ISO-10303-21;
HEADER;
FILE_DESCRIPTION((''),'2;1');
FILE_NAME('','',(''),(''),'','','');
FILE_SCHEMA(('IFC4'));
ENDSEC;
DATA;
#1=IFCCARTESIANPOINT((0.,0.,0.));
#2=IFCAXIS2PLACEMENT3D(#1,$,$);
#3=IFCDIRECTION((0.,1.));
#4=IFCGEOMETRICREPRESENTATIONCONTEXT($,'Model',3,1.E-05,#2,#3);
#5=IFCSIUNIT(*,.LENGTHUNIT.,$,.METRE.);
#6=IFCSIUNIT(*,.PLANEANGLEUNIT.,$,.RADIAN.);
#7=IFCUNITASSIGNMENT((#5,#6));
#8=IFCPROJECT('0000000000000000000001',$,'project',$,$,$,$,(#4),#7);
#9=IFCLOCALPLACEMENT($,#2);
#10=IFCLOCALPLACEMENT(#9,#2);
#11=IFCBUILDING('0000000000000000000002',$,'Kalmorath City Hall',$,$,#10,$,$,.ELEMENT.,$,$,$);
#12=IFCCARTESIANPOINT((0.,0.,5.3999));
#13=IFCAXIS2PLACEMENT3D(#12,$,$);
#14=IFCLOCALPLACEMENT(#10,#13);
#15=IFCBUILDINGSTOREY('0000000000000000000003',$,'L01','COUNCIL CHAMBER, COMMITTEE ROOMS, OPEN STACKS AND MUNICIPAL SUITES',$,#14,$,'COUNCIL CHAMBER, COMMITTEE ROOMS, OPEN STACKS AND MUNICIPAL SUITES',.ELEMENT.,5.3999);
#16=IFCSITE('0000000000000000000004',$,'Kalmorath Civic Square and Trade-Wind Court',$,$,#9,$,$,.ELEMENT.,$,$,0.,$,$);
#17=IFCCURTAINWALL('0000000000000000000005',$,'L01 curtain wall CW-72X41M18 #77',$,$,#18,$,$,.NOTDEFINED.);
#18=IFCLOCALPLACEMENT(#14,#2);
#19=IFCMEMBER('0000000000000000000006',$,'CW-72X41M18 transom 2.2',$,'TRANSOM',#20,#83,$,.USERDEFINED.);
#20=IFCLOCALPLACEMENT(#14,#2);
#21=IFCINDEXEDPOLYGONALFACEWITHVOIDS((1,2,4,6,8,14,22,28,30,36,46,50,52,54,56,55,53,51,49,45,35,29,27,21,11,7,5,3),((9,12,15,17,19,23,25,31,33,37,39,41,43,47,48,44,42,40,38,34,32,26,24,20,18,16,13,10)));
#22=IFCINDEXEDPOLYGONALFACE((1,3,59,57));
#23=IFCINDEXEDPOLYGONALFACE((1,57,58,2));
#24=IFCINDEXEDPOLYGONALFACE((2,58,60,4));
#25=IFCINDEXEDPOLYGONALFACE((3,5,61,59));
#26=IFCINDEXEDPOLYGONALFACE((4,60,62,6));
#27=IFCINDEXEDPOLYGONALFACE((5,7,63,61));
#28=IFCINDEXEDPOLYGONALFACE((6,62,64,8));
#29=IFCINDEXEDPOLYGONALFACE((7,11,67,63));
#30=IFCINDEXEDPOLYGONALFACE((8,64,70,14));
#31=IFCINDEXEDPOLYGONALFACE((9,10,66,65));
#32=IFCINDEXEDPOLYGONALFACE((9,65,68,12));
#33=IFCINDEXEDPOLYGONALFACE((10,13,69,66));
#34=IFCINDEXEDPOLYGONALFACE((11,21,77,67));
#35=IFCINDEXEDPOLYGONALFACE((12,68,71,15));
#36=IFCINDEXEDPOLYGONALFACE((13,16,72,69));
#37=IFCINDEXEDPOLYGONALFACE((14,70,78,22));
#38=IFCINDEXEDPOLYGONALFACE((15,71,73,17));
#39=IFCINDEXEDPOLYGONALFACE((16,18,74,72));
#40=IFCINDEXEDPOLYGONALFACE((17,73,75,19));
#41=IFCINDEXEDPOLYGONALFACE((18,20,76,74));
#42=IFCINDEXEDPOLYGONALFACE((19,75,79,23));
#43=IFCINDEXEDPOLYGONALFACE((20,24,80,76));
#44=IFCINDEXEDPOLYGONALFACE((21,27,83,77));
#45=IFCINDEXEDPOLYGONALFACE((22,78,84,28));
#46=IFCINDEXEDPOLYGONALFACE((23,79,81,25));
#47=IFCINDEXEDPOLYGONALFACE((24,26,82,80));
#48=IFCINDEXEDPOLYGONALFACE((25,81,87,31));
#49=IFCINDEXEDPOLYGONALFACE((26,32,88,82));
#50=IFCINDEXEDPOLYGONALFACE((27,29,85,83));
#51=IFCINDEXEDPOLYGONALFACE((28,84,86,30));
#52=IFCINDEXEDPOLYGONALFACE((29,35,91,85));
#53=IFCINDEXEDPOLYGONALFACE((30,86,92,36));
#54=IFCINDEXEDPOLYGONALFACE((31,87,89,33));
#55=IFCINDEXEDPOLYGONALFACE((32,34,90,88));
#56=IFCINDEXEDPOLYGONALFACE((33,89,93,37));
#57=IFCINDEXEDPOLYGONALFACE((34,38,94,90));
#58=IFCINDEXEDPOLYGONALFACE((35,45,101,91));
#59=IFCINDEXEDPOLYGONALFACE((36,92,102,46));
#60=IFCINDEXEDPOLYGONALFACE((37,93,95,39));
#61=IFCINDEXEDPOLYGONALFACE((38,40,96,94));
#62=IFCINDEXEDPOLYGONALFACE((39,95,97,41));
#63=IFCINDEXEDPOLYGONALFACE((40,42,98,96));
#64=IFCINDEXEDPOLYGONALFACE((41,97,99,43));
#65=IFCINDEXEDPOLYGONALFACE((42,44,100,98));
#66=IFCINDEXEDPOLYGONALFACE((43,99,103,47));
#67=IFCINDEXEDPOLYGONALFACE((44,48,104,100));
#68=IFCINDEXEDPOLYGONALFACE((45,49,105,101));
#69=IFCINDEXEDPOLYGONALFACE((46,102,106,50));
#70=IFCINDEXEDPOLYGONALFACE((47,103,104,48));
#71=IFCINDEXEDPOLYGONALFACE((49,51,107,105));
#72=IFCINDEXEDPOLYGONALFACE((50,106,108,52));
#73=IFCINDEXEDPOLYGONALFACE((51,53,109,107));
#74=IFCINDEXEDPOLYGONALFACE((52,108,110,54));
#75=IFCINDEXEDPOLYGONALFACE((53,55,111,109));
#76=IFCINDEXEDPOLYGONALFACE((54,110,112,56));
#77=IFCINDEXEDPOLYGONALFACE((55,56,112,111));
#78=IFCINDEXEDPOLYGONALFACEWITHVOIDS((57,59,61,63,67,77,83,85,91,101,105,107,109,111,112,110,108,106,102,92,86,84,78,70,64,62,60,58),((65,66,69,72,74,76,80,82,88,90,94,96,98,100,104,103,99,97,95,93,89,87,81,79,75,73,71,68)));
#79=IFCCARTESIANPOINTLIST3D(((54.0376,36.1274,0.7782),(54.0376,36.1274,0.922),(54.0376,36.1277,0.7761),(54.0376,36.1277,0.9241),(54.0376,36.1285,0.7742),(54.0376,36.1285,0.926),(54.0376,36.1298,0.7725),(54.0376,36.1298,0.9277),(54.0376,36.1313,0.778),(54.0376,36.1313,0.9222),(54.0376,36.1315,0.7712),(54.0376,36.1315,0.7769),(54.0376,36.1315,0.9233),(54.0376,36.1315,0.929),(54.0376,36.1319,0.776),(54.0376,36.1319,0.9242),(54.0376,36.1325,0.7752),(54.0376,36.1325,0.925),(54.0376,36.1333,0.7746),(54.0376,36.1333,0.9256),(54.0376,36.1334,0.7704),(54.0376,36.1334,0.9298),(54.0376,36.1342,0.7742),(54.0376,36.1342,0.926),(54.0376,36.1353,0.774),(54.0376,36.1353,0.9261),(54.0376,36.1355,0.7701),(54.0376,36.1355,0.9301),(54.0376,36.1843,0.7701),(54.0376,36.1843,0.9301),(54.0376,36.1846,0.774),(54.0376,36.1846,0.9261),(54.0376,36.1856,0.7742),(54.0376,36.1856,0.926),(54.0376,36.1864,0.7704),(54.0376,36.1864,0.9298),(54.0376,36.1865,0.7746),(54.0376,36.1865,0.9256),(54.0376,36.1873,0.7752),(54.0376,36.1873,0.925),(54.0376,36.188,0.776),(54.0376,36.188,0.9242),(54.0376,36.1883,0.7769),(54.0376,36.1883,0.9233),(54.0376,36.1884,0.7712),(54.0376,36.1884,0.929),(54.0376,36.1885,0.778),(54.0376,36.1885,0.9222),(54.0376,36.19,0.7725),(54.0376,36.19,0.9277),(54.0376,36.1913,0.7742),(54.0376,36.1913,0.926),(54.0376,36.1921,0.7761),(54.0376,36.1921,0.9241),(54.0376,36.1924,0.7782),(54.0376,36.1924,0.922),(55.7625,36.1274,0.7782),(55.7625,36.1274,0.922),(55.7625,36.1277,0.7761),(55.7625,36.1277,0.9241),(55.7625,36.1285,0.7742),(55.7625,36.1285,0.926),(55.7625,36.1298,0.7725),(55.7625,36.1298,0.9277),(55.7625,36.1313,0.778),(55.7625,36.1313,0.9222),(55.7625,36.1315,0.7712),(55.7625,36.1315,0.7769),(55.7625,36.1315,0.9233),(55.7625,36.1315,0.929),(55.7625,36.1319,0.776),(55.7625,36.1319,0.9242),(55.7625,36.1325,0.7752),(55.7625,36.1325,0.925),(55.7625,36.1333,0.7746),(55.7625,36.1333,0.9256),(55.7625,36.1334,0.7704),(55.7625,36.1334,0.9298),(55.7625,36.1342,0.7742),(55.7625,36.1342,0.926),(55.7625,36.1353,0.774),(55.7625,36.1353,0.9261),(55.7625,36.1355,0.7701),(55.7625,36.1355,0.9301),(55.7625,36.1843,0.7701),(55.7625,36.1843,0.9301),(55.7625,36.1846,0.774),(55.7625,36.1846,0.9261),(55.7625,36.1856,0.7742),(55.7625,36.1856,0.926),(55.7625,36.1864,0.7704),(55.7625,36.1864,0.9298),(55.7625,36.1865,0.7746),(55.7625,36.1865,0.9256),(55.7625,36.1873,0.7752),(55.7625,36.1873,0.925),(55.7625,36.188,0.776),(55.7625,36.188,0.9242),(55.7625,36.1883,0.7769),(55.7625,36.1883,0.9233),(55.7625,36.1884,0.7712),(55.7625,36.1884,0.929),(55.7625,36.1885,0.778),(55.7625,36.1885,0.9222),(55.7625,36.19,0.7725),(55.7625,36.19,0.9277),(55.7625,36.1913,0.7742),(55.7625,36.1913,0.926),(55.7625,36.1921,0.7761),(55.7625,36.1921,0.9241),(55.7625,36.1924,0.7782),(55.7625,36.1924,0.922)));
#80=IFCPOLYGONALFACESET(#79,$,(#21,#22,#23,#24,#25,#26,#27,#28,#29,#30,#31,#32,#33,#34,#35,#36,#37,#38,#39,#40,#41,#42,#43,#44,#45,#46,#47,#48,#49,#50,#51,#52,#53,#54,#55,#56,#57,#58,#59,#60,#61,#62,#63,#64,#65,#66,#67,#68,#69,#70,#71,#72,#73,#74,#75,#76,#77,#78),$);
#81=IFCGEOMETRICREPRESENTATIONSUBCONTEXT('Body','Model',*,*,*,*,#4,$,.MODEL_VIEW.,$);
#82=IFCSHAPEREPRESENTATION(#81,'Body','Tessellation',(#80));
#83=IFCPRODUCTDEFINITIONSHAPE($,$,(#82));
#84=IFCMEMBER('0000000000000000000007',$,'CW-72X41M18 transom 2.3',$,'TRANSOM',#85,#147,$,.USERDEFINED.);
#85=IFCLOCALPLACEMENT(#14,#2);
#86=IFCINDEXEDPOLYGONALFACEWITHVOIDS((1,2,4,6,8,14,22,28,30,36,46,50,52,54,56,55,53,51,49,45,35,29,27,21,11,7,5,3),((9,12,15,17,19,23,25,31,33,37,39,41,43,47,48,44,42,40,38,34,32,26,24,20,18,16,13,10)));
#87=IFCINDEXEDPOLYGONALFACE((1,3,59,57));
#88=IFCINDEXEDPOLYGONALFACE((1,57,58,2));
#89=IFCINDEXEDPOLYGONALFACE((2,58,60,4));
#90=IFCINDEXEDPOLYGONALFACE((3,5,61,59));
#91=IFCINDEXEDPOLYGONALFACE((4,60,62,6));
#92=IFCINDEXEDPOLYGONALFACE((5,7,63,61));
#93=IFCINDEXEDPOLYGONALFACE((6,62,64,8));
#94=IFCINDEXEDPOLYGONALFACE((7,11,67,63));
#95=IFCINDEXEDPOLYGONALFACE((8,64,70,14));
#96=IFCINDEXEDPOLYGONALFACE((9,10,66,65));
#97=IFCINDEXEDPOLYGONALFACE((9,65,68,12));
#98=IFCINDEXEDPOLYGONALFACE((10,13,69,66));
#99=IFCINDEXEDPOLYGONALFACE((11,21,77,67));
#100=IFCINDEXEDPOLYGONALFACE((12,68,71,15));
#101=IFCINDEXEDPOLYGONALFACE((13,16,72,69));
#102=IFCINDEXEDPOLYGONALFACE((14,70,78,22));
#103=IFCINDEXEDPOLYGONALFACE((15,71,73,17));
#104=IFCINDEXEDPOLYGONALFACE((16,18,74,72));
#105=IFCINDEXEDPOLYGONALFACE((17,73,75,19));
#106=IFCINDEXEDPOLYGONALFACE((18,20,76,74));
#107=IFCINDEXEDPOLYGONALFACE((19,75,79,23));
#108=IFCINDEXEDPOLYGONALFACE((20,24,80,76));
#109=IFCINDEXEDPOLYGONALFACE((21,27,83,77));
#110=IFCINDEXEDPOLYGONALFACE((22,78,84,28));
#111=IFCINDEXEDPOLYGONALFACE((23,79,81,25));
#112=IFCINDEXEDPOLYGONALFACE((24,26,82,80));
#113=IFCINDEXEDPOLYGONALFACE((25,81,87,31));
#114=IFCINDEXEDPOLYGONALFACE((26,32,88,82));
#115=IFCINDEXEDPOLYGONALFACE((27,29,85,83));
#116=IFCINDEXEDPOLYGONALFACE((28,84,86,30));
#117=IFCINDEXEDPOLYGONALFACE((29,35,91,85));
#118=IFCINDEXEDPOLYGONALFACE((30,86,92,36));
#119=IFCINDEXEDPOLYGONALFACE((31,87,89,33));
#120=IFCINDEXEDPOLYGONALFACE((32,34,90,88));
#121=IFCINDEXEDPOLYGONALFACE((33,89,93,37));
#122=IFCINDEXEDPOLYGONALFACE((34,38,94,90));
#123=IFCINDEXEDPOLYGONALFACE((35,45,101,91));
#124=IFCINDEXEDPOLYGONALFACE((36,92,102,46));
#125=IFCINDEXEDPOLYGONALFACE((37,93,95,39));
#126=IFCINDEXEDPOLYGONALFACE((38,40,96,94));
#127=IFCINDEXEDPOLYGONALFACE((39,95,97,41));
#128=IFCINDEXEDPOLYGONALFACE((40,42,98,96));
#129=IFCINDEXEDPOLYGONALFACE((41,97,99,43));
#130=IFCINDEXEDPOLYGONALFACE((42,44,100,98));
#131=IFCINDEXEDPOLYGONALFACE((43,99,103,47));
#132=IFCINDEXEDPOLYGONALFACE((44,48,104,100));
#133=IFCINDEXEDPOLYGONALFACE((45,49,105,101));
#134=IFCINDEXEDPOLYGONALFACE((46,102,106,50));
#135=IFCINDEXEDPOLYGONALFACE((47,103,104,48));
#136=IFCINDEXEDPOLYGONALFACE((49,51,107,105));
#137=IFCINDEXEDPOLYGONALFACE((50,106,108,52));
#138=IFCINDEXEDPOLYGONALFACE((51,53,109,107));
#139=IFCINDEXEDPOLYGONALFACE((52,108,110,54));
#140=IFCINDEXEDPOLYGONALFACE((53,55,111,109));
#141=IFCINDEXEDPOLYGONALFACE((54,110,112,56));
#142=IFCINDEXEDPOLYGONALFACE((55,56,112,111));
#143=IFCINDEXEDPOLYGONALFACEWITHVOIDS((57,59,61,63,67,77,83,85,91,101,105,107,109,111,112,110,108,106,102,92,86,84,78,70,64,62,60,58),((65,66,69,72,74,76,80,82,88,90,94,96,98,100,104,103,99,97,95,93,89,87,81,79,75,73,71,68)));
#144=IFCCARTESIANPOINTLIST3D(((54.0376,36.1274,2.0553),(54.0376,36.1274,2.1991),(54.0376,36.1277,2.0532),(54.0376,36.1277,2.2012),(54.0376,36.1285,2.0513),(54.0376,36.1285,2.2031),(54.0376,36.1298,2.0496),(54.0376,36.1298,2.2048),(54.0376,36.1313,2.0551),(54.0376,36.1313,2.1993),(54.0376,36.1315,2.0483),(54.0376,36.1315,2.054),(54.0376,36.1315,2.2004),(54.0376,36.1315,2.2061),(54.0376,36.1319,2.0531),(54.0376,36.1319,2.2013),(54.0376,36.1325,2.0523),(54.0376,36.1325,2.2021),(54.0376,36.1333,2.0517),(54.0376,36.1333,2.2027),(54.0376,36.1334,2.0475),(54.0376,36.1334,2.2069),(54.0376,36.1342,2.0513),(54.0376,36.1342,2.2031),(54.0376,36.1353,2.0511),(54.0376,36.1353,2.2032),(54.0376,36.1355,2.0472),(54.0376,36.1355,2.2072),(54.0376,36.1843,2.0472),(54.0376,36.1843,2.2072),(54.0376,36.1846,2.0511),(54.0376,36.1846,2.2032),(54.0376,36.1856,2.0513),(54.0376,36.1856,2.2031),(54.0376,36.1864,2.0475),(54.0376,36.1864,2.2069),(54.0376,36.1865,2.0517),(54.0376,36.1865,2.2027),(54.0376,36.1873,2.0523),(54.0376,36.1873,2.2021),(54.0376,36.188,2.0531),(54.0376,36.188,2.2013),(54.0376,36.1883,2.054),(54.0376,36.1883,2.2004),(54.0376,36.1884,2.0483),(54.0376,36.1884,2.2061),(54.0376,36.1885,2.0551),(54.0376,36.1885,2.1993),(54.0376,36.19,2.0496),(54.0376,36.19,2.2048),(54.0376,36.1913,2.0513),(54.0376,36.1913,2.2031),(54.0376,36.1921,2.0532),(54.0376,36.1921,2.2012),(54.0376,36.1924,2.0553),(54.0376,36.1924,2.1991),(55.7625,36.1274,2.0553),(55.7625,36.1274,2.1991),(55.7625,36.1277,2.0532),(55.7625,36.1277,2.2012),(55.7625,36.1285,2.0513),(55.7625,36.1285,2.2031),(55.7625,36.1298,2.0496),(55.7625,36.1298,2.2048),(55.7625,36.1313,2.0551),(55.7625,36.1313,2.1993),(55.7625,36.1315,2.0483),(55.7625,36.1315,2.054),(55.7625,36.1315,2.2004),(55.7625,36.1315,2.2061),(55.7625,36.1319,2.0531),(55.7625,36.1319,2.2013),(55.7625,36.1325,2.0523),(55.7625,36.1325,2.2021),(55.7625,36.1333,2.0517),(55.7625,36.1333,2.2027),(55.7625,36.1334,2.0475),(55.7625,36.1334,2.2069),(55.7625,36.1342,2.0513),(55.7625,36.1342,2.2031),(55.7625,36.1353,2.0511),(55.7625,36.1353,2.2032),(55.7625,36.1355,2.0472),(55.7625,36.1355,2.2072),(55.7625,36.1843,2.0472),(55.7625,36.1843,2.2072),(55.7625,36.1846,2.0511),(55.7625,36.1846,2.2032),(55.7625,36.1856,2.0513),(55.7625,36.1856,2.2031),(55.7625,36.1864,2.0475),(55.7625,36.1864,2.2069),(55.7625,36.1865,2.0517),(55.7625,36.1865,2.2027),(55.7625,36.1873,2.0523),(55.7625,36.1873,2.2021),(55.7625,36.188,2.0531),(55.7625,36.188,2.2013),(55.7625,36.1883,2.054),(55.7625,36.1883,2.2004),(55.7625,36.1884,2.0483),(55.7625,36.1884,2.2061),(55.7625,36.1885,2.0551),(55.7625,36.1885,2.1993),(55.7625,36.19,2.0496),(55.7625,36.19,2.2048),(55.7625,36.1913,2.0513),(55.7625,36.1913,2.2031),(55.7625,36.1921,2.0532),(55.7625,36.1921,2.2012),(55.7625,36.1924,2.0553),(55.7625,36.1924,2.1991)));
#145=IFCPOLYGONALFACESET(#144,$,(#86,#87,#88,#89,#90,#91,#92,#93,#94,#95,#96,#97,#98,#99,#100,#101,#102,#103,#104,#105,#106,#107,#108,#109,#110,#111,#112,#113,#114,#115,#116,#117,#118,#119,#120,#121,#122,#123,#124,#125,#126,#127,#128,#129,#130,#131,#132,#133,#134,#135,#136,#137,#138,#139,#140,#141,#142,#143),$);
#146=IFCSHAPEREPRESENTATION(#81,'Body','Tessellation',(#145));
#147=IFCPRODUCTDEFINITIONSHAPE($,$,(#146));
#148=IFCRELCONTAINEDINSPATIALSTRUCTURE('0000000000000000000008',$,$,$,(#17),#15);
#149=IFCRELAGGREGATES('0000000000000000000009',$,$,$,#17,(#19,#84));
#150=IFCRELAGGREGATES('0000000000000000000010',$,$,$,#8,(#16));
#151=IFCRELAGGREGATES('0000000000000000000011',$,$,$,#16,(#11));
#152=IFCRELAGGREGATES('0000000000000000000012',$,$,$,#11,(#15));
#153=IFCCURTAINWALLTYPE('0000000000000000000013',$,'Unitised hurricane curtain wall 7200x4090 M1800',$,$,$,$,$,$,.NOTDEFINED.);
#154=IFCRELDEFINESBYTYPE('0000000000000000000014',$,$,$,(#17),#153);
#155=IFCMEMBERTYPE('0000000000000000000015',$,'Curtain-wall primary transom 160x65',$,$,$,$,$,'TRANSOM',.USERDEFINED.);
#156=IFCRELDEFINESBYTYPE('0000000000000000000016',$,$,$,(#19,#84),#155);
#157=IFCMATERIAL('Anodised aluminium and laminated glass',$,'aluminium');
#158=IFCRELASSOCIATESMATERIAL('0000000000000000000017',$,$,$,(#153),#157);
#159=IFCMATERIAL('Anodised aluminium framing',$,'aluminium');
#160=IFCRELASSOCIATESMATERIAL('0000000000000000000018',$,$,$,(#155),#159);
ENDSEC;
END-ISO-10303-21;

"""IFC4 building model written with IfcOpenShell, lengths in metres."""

from ifc_helpers import new_model, si_unit, direction, frame, origin, origin_2d, place, context, subcontext, project, spatial, hollow_rectangle, extrude, material, material_profile, profile_set, type_object, element, aggregate, save


model = new_model("IFC4")

# Units and contexts
model_context = context("Model", 3, precision=1e-05, world=origin(), true_north=direction((0.0, 1.0)))
body_context = subcontext(model_context, "Body", "Model", "MODEL_VIEW")
ifc_project = project(units=[si_unit("LENGTHUNIT", "METRE"), si_unit("PLANEANGLEUNIT", "RADIAN")], contexts=[model_context])

# Site, building, storey
site_placement = place(None, origin())
site = spatial("IfcSite", under=ifc_project, at=site_placement, Name="Kalmorath Civic Square and Trade-Wind Court", CompositionType="ELEMENT", RefElevation=0.0)
building_placement = place(site_placement, origin())
building = spatial("IfcBuilding", under=site, at=building_placement, Name="Kalmorath City Hall", CompositionType="ELEMENT")
storey_placement = place(building_placement, frame((0.0, 0.0, 5.3999)))
storey = spatial("IfcBuildingStorey", under=building, at=storey_placement, Name="L01", Description="COUNCIL CHAMBER, COMMITTEE ROOMS, OPEN STACKS AND MUNICIPAL SUITES", LongName="COUNCIL CHAMBER, COMMITTEE ROOMS, OPEN STACKS AND MUNICIPAL SUITES", CompositionType="ELEMENT", Elevation=5.3999)

# Curtain wall, members
ifc_material_1 = material(Name="Anodised aluminium and laminated glass", Category="aluminium")
curtain_wall_type = type_object("IfcCurtainWallType", Name="Unitised hurricane curtain wall 7200x4090 M1800", PredefinedType="NOTDEFINED", material=ifc_material_1)
curtain_wall_placement = place(storey_placement, origin())
curtain_wall = element("IfcCurtainWall", 1, at=curtain_wall_placement, inside=storey, type_object=curtain_wall_type, Name="L01 curtain wall CW-72X41M18 #77", PredefinedType="NOTDEFINED")
ifc_material_2 = material(Name="Anodised aluminium framing", Category="aluminium")
ifc_material_profile_1 = material_profile(ifc_material_2, hollow_rectangle(XDim=0.0649, YDim=0.1599, WallThickness=0.0039, InnerFilletRadius=0.0039, OuterFilletRadius=0.0081, at=origin_2d()), Name="ALU-TRN-160X65X4")
ifc_profile_set_1 = profile_set([ifc_material_profile_1], Name="Anodised aluminium framing")
member_type_1 = type_object("IfcMemberType", Name="Curtain-wall primary transom 160x65", ElementType="TRANSOM", PredefinedType="USERDEFINED", material=ifc_profile_set_1)
member_1_placement = place(storey_placement, frame((55.7625, 36.1599, 0.8501), z_axis=(-1.0, 0.0, 0.0), x_axis=(0.0, -1.0, 0.0)))
member_1 = element("IfcMember", 2, at=member_1_placement, type_object=member_type_1, Name="CW-72X41M18 transom 2.2", ObjectType="TRANSOM", PredefinedType="USERDEFINED", context=body_context, shape_type="SweptSolid", body=[
    extrude(hollow_rectangle(XDim=0.0649, YDim=0.1599, WallThickness=0.0039, InnerFilletRadius=0.0039, OuterFilletRadius=0.0081, at=origin_2d()), origin(), (0.0, 0.0, 1.0), 1.7249),
])
member_2_placement = place(storey_placement, frame((55.7625, 36.1599, 2.1272), z_axis=(-1.0, 0.0, 0.0), x_axis=(0.0, -1.0, 0.0)))
member_2 = element("IfcMember", 3, at=member_2_placement, type_object=member_type_1, Name="CW-72X41M18 transom 2.3", ObjectType="TRANSOM", PredefinedType="USERDEFINED", context=body_context, shape_type="SweptSolid", body=[
    extrude(hollow_rectangle(XDim=0.0649, YDim=0.1599, WallThickness=0.0039, InnerFilletRadius=0.0039, OuterFilletRadius=0.0081, at=origin_2d()), origin(), (0.0, 0.0, 1.0), 1.7249),
])
aggregate(curtain_wall, [member_1, member_2])

save(model, "model.ifc")
